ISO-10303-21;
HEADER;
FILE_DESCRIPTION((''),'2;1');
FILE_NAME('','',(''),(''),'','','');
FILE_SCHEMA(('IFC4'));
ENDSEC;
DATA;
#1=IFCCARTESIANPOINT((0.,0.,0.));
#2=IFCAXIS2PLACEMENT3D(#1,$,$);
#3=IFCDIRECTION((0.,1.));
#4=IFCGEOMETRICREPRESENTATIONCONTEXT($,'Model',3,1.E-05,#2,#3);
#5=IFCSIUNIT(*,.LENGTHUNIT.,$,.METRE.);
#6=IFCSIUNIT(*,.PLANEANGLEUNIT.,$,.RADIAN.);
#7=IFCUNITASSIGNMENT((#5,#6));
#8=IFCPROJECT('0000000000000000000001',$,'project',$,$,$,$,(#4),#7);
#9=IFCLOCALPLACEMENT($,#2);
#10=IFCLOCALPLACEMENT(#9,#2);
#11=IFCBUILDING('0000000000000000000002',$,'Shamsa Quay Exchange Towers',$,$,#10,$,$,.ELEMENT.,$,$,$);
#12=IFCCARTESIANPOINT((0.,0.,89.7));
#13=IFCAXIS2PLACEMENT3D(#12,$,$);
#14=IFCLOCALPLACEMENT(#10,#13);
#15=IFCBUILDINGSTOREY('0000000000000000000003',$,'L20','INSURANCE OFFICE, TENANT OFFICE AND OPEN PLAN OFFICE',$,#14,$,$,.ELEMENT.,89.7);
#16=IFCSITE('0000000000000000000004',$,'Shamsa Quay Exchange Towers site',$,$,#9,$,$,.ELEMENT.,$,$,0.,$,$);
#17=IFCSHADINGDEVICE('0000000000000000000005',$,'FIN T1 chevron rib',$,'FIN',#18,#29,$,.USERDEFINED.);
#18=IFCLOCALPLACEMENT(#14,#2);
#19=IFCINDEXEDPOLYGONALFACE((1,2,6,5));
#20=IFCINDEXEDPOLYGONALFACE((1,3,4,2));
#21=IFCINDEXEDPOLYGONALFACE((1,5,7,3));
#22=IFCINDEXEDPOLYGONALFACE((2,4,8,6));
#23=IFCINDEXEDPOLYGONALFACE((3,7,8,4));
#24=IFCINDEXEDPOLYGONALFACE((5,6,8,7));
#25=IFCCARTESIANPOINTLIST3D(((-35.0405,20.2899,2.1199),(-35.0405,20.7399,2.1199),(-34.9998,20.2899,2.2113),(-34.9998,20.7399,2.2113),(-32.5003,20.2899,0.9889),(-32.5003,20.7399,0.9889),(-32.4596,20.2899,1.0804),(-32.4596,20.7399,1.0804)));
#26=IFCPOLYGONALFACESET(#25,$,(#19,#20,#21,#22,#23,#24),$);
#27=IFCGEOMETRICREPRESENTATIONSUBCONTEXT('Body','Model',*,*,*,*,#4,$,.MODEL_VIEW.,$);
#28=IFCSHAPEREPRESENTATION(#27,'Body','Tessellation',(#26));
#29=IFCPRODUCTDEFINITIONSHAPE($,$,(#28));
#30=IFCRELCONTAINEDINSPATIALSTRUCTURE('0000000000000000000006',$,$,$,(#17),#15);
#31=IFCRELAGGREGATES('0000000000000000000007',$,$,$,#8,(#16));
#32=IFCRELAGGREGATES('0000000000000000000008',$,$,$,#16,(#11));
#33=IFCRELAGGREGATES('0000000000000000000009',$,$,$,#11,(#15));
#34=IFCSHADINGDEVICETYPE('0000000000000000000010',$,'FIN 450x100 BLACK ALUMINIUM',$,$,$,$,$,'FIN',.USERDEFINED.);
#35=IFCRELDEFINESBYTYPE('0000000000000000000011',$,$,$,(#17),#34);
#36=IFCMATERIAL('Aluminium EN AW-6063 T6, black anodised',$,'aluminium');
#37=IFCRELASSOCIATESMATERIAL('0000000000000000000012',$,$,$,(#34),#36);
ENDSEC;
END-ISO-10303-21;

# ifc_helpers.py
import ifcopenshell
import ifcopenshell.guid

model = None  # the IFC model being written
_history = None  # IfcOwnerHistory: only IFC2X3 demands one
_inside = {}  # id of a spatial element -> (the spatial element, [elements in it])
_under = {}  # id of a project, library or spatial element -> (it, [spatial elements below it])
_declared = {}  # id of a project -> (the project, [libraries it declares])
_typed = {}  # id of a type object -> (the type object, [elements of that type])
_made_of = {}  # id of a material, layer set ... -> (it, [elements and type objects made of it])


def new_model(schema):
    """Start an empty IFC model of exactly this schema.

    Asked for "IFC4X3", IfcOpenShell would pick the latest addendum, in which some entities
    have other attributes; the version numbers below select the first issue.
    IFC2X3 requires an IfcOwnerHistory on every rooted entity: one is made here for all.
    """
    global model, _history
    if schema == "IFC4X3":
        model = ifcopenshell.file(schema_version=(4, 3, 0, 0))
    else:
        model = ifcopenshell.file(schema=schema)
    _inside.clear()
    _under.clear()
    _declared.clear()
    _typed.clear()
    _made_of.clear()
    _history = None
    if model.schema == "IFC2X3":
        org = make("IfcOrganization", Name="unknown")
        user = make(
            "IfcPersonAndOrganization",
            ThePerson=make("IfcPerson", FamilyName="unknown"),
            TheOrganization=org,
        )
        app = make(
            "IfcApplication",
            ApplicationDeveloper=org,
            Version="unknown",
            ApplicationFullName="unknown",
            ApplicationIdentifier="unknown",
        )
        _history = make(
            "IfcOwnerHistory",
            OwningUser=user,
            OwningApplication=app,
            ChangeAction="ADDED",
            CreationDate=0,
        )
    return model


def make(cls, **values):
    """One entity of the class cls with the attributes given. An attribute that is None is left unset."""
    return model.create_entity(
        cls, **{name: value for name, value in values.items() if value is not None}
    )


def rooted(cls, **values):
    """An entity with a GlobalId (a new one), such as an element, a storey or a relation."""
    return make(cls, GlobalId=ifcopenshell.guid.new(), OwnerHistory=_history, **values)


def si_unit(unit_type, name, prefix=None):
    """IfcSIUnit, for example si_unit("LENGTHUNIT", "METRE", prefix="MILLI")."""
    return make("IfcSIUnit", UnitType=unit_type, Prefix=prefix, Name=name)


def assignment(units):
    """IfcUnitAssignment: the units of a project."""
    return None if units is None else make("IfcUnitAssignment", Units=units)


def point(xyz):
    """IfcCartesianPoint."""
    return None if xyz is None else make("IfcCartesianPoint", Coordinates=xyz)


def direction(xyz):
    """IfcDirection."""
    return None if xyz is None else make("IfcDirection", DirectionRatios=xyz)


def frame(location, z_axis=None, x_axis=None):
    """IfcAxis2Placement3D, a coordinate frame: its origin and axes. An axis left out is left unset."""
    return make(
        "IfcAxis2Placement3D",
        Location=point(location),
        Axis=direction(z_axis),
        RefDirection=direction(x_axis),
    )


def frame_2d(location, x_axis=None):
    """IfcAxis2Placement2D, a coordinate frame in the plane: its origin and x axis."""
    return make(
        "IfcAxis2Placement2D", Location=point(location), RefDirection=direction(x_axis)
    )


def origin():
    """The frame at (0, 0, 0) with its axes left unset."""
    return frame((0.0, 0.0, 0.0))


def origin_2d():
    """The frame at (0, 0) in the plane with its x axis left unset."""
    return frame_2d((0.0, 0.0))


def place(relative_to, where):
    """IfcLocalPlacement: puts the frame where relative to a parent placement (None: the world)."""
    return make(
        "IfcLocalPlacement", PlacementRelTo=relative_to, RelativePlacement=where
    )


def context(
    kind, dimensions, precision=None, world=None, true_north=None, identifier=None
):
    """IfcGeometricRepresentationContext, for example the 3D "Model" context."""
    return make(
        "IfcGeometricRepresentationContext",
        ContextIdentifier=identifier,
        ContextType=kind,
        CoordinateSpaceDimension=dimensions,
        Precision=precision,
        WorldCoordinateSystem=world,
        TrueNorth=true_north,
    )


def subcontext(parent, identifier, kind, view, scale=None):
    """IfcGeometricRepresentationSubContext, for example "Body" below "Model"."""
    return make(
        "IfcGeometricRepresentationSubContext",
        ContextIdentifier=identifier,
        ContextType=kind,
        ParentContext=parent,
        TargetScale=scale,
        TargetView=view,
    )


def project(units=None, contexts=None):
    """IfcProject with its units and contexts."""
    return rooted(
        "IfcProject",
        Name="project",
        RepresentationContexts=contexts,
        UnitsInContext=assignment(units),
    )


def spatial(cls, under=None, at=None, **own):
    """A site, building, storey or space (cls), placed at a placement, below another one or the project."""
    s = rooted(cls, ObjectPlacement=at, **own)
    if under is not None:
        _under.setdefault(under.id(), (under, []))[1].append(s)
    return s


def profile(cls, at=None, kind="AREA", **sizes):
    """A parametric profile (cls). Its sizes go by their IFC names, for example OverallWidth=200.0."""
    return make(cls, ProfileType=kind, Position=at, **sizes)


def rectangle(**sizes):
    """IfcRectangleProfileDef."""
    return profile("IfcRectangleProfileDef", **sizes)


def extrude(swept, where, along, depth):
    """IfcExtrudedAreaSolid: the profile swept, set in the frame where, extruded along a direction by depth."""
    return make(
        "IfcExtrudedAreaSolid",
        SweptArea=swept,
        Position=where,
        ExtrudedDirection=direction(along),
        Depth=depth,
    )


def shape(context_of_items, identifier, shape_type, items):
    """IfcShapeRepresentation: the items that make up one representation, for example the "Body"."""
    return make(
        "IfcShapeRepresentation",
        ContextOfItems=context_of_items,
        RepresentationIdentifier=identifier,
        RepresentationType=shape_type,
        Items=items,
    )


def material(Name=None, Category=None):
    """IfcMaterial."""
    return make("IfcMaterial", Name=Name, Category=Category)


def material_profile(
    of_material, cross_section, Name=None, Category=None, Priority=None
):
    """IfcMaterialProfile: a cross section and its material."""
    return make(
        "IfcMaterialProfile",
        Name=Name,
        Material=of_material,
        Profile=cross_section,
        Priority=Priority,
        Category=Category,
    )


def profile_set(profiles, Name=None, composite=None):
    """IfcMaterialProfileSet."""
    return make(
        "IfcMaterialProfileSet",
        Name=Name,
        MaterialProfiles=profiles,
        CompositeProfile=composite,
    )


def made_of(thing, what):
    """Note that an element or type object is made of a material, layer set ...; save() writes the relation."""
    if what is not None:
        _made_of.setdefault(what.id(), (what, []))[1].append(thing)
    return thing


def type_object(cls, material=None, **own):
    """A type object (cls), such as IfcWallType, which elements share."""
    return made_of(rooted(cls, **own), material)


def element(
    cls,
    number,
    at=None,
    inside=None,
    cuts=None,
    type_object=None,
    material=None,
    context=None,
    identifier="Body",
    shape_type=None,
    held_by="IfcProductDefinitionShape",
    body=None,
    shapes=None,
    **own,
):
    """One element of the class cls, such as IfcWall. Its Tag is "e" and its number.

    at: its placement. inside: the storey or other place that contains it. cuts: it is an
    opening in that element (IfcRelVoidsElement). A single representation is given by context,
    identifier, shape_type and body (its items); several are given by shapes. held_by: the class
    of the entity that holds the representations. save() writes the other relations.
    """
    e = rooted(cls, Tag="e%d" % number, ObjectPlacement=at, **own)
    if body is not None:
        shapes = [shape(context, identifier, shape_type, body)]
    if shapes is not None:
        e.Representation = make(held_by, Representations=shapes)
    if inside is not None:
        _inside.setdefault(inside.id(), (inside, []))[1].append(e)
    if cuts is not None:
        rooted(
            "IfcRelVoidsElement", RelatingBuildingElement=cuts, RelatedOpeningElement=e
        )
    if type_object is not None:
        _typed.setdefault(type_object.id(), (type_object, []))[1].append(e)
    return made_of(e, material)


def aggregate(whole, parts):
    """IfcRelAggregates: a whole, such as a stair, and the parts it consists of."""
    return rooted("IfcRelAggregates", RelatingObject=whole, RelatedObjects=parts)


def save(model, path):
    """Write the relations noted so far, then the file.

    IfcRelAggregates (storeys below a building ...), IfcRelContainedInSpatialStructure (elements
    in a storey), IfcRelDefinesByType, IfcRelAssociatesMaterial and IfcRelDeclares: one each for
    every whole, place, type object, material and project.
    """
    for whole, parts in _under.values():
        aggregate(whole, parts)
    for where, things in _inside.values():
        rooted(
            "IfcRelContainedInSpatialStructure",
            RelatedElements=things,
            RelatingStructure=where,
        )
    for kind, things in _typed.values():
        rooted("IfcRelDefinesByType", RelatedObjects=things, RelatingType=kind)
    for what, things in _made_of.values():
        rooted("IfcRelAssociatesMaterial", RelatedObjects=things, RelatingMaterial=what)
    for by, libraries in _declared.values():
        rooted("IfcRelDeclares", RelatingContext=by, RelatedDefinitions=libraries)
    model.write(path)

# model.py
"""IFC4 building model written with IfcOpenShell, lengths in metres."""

from ifc_helpers import new_model, si_unit, direction, frame, origin, origin_2d, place, context, subcontext, project, spatial, rectangle, extrude, material, material_profile, profile_set, type_object, element, save


model = new_model("IFC4")

# Units and contexts
model_context = context("Model", 3, precision=1e-05, world=origin(), true_north=direction((0.0, 1.0)))
body_context = subcontext(model_context, "Body", "Model", "MODEL_VIEW")
ifc_project = project(units=[si_unit("LENGTHUNIT", "METRE"), si_unit("PLANEANGLEUNIT", "RADIAN")], contexts=[model_context])

# Site, building, storey
site_placement = place(None, origin())
site = spatial("IfcSite", under=ifc_project, at=site_placement, Name="Shamsa Quay Exchange Towers site", CompositionType="ELEMENT", RefElevation=0.0)
building_placement = place(site_placement, origin())
building = spatial("IfcBuilding", under=site, at=building_placement, Name="Shamsa Quay Exchange Towers", CompositionType="ELEMENT")
storey_placement = place(building_placement, frame((0.0, 0.0, 89.7)))
storey = spatial("IfcBuildingStorey", under=building, at=storey_placement, Name="L20", Description="INSURANCE OFFICE, TENANT OFFICE AND OPEN PLAN OFFICE", CompositionType="ELEMENT", Elevation=89.7)

# Shared definitions
ifc_material_1 = material(Name="Aluminium EN AW-6063 T6, black anodised", Category="aluminium")

# Shading device
ifc_material_profile_1 = material_profile(ifc_material_1, rectangle(XDim=0.45, YDim=0.1001, at=origin_2d()), Name="FIN450x100")
ifc_profile_set_1 = profile_set([ifc_material_profile_1], Name="Aluminium EN AW-6063 T6, black anodised")
shading_device_type = type_object("IfcShadingDeviceType", Name="FIN 450x100 BLACK ALUMINIUM", ElementType="FIN", PredefinedType="USERDEFINED", material=ifc_profile_set_1)
shading_device_1_placement = place(storey_placement, frame((-32.48, 20.5149, 1.0347), z_axis=(-0.913551, 0.0, 0.406725), x_axis=(0.0, -1.0, 0.0)))
element("IfcShadingDevice", 1, at=shading_device_1_placement, inside=storey, type_object=shading_device_type, Name="FIN T1 chevron rib", ObjectType="FIN", PredefinedType="USERDEFINED", context=body_context, shape_type="SweptSolid", body=[
    extrude(rectangle(XDim=0.45, YDim=0.1001, at=origin_2d()), origin(), (0.0, 0.0, 1.0), 2.7805),
])

save(model, "model.ifc")
